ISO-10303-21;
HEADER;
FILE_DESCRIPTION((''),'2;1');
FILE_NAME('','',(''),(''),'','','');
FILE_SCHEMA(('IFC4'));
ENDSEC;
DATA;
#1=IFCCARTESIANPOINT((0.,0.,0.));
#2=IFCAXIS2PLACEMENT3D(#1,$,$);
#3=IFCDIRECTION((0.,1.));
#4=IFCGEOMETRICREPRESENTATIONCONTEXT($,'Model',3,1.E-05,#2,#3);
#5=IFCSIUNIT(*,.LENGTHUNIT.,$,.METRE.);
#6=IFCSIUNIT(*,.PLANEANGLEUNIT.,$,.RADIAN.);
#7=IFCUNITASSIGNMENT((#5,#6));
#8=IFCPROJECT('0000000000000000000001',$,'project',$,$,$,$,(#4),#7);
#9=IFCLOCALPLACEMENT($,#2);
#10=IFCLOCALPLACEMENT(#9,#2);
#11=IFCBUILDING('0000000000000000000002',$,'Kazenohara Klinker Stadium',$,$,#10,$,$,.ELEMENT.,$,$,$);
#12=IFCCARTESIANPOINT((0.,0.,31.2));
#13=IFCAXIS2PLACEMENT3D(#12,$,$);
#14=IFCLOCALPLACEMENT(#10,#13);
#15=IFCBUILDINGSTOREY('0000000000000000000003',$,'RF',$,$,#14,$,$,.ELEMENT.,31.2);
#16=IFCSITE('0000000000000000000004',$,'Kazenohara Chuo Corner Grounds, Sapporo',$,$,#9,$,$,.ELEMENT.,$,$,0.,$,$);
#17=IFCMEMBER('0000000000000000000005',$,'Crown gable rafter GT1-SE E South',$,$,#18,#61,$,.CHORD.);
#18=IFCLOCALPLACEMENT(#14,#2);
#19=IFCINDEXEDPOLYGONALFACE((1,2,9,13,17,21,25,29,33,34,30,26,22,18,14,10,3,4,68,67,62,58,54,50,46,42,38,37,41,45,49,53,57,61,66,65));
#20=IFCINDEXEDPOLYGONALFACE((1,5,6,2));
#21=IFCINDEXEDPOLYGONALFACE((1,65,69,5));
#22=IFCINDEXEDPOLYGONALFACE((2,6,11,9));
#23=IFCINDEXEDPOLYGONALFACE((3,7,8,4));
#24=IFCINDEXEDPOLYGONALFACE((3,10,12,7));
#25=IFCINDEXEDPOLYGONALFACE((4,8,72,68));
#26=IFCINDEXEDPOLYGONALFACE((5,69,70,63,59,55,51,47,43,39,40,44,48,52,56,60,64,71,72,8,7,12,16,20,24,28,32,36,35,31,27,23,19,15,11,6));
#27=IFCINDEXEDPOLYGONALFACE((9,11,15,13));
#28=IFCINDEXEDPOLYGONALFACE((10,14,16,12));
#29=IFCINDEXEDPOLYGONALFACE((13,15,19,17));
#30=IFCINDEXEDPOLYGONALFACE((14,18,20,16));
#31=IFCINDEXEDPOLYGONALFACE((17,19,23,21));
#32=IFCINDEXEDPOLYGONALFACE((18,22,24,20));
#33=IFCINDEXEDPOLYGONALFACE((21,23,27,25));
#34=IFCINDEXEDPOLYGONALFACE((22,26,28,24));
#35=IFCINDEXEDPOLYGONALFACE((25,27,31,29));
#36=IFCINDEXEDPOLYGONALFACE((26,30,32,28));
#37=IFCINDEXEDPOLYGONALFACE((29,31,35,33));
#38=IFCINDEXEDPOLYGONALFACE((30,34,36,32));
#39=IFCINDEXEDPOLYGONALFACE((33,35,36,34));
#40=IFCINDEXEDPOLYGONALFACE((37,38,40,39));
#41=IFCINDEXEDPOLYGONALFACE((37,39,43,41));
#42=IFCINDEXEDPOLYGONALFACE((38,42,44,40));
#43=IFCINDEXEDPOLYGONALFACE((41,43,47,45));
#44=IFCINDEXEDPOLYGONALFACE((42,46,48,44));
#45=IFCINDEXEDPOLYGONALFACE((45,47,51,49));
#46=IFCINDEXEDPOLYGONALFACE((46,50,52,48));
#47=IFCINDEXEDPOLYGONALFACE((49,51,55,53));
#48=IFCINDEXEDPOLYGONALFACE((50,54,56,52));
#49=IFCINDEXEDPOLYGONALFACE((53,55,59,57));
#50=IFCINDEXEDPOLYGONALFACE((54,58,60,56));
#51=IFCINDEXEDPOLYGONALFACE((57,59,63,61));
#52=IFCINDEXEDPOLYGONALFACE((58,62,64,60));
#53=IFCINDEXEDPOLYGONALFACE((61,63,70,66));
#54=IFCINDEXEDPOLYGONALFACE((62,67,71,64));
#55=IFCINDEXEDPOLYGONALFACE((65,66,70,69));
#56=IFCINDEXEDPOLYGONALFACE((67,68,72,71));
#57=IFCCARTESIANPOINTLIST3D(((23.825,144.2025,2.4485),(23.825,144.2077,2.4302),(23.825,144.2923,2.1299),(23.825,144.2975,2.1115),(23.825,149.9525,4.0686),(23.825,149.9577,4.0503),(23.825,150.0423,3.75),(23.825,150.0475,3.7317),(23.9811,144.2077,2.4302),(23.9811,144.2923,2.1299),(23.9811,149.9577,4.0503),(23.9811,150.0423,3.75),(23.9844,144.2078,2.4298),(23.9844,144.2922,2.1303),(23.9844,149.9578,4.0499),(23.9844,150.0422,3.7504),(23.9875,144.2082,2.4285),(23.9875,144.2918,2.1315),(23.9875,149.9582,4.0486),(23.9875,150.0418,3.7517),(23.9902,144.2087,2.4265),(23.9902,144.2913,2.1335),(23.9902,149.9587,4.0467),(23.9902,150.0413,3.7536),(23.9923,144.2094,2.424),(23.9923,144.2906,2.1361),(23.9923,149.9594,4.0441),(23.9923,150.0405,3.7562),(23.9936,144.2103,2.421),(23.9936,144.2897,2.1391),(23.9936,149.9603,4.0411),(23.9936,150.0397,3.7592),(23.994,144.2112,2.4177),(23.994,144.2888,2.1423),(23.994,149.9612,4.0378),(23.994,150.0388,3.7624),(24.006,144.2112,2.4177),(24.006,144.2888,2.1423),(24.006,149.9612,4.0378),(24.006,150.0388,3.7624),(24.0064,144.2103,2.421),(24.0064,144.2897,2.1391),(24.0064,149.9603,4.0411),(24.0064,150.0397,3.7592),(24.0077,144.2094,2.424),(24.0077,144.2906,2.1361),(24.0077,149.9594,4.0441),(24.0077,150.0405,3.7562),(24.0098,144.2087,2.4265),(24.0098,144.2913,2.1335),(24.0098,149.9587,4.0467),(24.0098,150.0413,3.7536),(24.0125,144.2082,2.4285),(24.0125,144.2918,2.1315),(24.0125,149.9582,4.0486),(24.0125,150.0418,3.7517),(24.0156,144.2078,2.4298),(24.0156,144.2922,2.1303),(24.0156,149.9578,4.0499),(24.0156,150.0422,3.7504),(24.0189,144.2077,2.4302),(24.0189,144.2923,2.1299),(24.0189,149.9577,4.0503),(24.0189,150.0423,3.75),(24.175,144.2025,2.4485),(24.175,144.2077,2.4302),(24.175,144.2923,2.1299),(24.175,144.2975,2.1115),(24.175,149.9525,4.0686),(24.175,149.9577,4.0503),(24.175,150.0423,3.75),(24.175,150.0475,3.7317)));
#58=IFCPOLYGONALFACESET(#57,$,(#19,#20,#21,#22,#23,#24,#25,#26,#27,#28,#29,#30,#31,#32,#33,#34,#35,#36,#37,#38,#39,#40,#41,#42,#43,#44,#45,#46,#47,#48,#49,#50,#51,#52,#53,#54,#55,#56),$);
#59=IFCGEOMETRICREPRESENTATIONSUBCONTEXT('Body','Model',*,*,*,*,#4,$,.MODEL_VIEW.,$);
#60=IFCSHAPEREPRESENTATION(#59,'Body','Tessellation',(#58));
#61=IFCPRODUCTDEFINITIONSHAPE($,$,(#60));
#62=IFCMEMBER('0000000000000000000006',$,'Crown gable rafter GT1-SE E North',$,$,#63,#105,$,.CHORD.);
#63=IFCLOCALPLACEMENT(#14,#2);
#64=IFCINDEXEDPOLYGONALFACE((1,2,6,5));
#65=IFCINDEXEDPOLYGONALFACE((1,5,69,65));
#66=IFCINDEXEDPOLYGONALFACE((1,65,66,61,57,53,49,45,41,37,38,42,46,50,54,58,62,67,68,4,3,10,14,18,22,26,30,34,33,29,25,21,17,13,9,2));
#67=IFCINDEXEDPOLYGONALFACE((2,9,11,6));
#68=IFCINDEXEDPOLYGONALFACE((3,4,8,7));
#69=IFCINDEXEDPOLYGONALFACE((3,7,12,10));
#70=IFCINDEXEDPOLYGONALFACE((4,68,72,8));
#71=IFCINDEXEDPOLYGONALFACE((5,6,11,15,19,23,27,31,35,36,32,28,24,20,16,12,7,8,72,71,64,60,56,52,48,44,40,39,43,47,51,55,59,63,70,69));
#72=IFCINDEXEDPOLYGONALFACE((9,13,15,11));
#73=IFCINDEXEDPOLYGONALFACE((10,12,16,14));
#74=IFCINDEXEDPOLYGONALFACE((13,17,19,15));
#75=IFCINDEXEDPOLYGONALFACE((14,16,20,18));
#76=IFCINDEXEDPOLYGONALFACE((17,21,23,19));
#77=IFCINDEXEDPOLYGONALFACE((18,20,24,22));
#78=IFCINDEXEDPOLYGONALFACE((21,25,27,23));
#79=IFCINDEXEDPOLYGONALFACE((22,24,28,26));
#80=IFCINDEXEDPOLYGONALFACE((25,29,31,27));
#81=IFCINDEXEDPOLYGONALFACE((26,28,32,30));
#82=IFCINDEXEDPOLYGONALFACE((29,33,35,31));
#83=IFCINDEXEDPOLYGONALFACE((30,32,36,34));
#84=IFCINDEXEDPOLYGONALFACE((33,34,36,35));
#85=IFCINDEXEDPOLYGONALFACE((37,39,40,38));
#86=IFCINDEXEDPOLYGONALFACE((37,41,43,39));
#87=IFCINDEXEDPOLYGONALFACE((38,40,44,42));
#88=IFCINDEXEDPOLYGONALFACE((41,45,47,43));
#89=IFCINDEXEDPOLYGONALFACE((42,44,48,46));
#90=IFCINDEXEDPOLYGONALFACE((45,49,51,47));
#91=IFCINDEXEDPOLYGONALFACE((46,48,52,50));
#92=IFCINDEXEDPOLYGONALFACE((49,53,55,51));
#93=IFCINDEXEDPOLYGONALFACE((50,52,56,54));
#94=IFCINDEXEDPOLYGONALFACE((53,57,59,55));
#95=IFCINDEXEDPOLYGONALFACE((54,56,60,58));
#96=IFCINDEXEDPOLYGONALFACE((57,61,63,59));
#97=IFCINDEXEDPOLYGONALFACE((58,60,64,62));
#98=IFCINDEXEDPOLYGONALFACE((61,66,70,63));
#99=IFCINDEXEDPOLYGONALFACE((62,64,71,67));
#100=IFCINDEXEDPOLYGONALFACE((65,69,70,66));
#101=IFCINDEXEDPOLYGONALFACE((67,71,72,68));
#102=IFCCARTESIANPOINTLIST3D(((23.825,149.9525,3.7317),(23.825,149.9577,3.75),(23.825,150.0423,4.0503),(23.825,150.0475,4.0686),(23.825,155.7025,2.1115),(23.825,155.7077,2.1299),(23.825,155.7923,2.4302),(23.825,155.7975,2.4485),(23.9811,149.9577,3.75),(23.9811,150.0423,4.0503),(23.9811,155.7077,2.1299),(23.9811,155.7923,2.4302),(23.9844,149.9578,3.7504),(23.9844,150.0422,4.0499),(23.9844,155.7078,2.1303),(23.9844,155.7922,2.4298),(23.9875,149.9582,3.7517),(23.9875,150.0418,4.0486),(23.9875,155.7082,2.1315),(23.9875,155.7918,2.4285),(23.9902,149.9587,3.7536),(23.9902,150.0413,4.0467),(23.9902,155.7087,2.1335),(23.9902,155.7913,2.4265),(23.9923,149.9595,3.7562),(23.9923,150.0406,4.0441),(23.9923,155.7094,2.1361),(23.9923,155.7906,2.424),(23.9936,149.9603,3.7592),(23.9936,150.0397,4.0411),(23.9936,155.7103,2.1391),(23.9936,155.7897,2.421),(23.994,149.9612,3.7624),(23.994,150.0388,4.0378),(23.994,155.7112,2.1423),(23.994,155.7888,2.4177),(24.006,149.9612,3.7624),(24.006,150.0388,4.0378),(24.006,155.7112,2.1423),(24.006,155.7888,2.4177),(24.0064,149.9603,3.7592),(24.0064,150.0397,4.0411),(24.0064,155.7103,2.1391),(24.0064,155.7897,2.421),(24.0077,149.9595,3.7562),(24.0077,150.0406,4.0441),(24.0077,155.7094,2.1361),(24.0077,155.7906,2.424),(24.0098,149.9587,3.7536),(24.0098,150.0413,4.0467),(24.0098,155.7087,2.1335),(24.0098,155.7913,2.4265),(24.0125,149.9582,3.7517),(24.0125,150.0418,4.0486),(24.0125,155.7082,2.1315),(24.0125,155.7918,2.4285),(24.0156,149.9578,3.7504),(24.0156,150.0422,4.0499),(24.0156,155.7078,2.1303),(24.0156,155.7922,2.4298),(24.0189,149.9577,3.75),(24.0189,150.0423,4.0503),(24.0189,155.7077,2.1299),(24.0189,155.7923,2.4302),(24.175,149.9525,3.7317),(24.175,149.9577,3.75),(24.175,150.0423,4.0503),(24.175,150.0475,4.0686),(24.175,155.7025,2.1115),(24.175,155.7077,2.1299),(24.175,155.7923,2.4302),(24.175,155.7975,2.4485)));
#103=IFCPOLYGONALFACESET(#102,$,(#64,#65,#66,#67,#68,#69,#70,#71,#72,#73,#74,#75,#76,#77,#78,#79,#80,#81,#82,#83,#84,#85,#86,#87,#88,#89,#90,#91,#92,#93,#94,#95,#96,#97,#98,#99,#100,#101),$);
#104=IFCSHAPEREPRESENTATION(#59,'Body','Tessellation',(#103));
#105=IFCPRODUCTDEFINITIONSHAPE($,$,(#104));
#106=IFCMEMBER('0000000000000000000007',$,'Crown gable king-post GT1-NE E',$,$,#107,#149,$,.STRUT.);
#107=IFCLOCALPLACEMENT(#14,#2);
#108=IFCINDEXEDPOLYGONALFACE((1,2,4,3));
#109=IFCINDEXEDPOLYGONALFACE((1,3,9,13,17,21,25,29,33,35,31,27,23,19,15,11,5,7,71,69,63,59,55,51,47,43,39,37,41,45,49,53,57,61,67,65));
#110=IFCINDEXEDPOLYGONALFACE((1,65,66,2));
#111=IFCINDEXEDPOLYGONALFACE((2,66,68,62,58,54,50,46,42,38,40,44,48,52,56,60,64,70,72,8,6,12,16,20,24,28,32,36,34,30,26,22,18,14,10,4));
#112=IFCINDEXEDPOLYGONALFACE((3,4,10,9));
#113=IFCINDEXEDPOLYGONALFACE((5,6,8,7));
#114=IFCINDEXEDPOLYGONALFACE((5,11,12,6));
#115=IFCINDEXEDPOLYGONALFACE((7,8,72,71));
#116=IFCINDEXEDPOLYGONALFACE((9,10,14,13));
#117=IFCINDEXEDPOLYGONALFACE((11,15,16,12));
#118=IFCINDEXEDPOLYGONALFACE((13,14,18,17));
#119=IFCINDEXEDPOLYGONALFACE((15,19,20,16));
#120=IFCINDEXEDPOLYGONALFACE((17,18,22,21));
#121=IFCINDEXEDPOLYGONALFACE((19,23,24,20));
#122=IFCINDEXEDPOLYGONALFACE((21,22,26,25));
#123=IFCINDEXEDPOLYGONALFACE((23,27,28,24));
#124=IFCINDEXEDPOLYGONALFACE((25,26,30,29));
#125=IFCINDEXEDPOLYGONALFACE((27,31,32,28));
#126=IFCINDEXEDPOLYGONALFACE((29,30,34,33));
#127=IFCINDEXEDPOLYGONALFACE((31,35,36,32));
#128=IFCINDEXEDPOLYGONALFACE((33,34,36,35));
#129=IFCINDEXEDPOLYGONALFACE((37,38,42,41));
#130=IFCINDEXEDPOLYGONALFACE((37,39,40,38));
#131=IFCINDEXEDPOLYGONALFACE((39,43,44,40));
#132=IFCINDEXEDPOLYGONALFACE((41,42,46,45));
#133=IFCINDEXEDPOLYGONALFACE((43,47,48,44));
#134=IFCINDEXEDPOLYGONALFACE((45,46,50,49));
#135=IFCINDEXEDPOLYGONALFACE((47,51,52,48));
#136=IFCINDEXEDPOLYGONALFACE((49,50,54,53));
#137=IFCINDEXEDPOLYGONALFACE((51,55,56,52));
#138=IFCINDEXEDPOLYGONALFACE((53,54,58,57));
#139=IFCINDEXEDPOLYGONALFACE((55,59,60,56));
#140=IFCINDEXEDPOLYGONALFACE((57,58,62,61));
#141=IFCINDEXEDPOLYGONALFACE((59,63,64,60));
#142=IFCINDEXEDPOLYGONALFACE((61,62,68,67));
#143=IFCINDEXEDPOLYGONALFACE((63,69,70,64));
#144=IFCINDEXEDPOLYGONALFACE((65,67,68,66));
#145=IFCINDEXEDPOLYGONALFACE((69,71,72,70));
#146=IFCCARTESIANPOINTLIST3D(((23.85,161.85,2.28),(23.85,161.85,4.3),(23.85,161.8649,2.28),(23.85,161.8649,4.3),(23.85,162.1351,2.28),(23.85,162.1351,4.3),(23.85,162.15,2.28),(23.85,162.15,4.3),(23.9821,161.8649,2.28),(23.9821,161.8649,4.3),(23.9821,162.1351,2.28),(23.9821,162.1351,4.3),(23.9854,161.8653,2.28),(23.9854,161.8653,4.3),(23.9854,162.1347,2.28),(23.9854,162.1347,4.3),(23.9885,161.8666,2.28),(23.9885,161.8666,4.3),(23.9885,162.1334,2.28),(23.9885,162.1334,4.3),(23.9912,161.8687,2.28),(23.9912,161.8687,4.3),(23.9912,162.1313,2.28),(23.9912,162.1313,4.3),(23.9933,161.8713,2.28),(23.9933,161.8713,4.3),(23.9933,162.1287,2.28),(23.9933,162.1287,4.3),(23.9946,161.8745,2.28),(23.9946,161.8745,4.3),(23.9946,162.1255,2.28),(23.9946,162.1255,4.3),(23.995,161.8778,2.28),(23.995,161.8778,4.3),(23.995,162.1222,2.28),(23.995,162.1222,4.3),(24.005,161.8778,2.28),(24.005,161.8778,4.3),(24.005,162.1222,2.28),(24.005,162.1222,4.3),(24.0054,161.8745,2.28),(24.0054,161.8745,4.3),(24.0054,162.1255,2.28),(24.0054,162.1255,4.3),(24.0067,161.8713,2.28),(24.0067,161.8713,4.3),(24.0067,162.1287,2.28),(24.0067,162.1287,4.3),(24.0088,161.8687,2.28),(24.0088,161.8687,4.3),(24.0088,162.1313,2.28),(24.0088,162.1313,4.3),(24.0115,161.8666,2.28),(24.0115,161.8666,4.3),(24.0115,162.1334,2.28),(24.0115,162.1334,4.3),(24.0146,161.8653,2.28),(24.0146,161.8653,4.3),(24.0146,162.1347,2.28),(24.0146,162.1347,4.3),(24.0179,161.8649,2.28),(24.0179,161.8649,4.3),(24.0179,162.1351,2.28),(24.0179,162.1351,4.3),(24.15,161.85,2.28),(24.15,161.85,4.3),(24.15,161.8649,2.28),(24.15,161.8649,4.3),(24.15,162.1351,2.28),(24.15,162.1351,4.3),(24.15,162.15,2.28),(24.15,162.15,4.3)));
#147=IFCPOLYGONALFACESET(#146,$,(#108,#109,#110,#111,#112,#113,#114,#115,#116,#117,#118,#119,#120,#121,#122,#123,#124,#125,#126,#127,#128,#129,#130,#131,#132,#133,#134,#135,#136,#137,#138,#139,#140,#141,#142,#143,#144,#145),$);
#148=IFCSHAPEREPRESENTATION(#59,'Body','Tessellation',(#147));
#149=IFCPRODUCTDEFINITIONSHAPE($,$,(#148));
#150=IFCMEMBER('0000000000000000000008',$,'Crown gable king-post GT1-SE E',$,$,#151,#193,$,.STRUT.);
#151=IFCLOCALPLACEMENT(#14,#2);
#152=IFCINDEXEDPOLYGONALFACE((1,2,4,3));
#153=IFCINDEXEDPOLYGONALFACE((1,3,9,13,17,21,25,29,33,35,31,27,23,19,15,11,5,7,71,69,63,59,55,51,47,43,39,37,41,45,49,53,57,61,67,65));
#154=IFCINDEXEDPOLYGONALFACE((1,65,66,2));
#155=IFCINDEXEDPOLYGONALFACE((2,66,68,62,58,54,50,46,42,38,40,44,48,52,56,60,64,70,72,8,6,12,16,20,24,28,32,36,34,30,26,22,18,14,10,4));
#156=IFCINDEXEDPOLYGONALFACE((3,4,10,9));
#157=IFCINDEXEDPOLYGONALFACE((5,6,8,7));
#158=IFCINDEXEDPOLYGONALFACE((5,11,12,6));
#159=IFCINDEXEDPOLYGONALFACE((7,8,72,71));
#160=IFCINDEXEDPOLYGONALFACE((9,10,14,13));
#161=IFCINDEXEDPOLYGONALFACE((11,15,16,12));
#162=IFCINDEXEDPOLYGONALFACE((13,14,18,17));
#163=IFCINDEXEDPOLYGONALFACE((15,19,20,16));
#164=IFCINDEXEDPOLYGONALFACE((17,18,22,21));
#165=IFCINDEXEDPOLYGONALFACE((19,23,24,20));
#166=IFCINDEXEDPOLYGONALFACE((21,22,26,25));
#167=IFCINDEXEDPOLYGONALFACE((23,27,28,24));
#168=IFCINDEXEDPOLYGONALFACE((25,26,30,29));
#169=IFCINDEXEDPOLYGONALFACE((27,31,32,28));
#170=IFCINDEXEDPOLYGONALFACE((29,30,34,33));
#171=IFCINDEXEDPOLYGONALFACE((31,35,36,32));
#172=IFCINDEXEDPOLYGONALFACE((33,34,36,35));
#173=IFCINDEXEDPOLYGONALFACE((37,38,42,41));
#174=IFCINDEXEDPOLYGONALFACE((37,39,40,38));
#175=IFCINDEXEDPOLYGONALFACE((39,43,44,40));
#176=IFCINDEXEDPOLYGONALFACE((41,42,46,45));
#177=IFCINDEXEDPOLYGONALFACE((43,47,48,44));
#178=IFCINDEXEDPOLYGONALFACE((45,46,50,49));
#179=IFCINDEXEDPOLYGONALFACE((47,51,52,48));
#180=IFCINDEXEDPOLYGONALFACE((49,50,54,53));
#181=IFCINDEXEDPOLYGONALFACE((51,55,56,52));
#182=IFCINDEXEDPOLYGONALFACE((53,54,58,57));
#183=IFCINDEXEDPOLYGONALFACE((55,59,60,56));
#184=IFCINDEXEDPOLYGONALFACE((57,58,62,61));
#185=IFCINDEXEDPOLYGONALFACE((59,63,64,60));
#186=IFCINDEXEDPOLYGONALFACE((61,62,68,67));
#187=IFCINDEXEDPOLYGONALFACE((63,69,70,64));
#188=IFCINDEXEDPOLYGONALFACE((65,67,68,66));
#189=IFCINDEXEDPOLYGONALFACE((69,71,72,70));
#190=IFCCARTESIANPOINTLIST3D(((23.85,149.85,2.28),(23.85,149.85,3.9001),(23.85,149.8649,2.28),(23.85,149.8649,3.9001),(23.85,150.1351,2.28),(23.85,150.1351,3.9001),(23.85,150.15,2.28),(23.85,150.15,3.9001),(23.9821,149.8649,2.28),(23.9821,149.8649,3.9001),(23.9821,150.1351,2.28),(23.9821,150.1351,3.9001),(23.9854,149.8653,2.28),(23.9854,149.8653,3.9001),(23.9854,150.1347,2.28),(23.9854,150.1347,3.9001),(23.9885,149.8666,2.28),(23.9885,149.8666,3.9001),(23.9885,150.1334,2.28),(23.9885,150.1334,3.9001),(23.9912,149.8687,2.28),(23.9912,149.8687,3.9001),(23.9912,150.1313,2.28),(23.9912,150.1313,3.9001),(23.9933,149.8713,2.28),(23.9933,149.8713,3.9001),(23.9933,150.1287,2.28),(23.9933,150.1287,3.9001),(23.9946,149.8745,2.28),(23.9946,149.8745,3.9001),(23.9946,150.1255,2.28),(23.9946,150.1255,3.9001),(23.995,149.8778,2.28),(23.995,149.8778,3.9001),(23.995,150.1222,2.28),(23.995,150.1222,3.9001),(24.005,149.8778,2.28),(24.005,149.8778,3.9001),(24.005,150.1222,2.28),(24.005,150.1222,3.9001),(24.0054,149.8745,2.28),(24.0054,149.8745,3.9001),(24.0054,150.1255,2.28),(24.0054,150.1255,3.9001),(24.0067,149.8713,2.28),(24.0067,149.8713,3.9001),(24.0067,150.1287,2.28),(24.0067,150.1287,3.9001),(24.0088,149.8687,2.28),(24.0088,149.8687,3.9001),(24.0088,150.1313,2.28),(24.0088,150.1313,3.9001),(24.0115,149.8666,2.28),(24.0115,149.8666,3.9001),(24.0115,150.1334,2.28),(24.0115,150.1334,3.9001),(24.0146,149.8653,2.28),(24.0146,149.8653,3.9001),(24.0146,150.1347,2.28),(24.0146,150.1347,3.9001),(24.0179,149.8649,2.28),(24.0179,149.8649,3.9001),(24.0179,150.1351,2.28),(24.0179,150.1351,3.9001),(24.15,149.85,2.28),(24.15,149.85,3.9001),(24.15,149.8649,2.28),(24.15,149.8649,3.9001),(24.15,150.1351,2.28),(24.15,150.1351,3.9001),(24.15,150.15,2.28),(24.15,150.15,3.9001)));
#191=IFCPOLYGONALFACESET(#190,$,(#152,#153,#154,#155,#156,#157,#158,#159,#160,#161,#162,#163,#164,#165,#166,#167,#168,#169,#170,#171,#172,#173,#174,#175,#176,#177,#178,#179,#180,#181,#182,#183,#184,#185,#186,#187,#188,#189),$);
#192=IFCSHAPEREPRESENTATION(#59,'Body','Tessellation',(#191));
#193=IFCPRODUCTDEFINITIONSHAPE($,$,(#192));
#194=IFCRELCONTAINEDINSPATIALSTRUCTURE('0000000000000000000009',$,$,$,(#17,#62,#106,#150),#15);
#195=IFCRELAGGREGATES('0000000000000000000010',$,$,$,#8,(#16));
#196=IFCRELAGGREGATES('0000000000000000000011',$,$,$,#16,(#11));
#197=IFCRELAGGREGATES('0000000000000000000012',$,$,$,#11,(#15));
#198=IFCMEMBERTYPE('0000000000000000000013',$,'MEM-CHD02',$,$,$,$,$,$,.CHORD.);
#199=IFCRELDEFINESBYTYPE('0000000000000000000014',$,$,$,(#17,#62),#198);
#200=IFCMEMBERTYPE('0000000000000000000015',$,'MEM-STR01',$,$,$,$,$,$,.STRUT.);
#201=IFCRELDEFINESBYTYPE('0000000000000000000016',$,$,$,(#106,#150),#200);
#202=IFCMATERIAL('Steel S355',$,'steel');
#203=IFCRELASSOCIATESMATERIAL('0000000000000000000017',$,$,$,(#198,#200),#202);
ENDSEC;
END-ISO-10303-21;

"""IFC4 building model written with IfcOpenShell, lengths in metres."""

from ifc_helpers import new_model, si_unit, direction, frame, origin, origin_2d, place, context, subcontext, project, spatial, i_section, extrude, material, material_profile, profile_set, type_object, element, save


model = new_model("IFC4")

# Units and contexts
model_context = context("Model", 3, precision=1e-05, world=origin(), true_north=direction((0.0, 1.0)))
body_context = subcontext(model_context, "Body", "Model", "MODEL_VIEW")
ifc_project = project(units=[si_unit("LENGTHUNIT", "METRE"), si_unit("PLANEANGLEUNIT", "RADIAN")], contexts=[model_context])

# Site, building, storey
site_placement = place(None, origin())
site = spatial("IfcSite", under=ifc_project, at=site_placement, Name="Kazenohara Chuo Corner Grounds, Sapporo", CompositionType="ELEMENT", RefElevation=0.0)
building_placement = place(site_placement, origin())
building = spatial("IfcBuilding", under=site, at=building_placement, Name="Kazenohara Klinker Stadium", CompositionType="ELEMENT")
storey_placement = place(building_placement, frame((0.0, 0.0, 31.2)))
storey = spatial("IfcBuildingStorey", under=building, at=storey_placement, Name="RF", CompositionType="ELEMENT", Elevation=31.2)

# Members
ifc_material_1 = material(Name="Steel S355", Category="steel")
ifc_material_profile_1 = material_profile(ifc_material_1, i_section(OverallWidth=0.3501, OverallDepth=0.3501, WebThickness=0.012, FlangeThickness=0.019, FilletRadius=0.0129, at=origin_2d()), Name="H-350x350x12x19")
ifc_profile_set_1 = profile_set([ifc_material_profile_1], Name="Steel S355")
member_type_1 = type_object("IfcMemberType", Name="MEM-CHD02", PredefinedType="CHORD", material=ifc_profile_set_1)
for number, where, z_axis, x_axis, name in (
    (1, (24.0, 144.25, 2.28), (0.0, 0.962523, 0.2712), (-1.0, 0.0, 0.0), "Crown gable rafter GT1-SE E South"),
    (2, (24.0, 155.75, 2.28), (0.0, -0.962523, 0.2712), (1.0, 0.0, 0.0), "Crown gable rafter GT1-SE E North"),
):
    element("IfcMember", number, at=place(storey_placement, frame(where, z_axis=z_axis, x_axis=x_axis)), inside=storey, type_object=member_type_1, Name=name, PredefinedType="CHORD", context=body_context, shape_type="SweptSolid", body=[
        extrude(i_section(OverallWidth=0.3501, OverallDepth=0.3501, WebThickness=0.012, FlangeThickness=0.019, FilletRadius=0.0129, at=origin_2d()), origin(), (0.0, 0.0, 1.0), 5.9739),
    ])
ifc_material_profile_2 = material_profile(ifc_material_1, i_section(OverallWidth=0.3, OverallDepth=0.3, WebThickness=0.01, FlangeThickness=0.0149, FilletRadius=0.0129, at=origin_2d()), Name="H-300x300x10x15")
ifc_profile_set_2 = profile_set([ifc_material_profile_2], Name="Steel S355")
member_type_2 = type_object("IfcMemberType", Name="MEM-STR01", PredefinedType="STRUT", material=ifc_profile_set_2)
member_1_placement = place(storey_placement, frame((24.0, 162.0, 2.28), z_axis=(0.0, 0.0, 1.0), x_axis=(1.0, 0.0, 0.0)))
element("IfcMember", 3, at=member_1_placement, inside=storey, type_object=member_type_2, Name="Crown gable king-post GT1-NE E", PredefinedType="STRUT", context=body_context, shape_type="SweptSolid", body=[
    extrude(i_section(OverallWidth=0.3, OverallDepth=0.3, WebThickness=0.01, FlangeThickness=0.0149, FilletRadius=0.0129, at=origin_2d()), origin(), (0.0, 0.0, 1.0), 2.02),
])
member_2_placement = place(storey_placement, frame((24.0, 150.0, 2.28), z_axis=(0.0, 0.0, 1.0), x_axis=(1.0, 0.0, 0.0)))
element("IfcMember", 4, at=member_2_placement, inside=storey, type_object=member_type_2, Name="Crown gable king-post GT1-SE E", PredefinedType="STRUT", context=body_context, shape_type="SweptSolid", body=[
    extrude(i_section(OverallWidth=0.3, OverallDepth=0.3, WebThickness=0.01, FlangeThickness=0.0149, FilletRadius=0.0129, at=origin_2d()), origin(), (0.0, 0.0, 1.0), 1.6201),
])

save(model, "model.ifc")
